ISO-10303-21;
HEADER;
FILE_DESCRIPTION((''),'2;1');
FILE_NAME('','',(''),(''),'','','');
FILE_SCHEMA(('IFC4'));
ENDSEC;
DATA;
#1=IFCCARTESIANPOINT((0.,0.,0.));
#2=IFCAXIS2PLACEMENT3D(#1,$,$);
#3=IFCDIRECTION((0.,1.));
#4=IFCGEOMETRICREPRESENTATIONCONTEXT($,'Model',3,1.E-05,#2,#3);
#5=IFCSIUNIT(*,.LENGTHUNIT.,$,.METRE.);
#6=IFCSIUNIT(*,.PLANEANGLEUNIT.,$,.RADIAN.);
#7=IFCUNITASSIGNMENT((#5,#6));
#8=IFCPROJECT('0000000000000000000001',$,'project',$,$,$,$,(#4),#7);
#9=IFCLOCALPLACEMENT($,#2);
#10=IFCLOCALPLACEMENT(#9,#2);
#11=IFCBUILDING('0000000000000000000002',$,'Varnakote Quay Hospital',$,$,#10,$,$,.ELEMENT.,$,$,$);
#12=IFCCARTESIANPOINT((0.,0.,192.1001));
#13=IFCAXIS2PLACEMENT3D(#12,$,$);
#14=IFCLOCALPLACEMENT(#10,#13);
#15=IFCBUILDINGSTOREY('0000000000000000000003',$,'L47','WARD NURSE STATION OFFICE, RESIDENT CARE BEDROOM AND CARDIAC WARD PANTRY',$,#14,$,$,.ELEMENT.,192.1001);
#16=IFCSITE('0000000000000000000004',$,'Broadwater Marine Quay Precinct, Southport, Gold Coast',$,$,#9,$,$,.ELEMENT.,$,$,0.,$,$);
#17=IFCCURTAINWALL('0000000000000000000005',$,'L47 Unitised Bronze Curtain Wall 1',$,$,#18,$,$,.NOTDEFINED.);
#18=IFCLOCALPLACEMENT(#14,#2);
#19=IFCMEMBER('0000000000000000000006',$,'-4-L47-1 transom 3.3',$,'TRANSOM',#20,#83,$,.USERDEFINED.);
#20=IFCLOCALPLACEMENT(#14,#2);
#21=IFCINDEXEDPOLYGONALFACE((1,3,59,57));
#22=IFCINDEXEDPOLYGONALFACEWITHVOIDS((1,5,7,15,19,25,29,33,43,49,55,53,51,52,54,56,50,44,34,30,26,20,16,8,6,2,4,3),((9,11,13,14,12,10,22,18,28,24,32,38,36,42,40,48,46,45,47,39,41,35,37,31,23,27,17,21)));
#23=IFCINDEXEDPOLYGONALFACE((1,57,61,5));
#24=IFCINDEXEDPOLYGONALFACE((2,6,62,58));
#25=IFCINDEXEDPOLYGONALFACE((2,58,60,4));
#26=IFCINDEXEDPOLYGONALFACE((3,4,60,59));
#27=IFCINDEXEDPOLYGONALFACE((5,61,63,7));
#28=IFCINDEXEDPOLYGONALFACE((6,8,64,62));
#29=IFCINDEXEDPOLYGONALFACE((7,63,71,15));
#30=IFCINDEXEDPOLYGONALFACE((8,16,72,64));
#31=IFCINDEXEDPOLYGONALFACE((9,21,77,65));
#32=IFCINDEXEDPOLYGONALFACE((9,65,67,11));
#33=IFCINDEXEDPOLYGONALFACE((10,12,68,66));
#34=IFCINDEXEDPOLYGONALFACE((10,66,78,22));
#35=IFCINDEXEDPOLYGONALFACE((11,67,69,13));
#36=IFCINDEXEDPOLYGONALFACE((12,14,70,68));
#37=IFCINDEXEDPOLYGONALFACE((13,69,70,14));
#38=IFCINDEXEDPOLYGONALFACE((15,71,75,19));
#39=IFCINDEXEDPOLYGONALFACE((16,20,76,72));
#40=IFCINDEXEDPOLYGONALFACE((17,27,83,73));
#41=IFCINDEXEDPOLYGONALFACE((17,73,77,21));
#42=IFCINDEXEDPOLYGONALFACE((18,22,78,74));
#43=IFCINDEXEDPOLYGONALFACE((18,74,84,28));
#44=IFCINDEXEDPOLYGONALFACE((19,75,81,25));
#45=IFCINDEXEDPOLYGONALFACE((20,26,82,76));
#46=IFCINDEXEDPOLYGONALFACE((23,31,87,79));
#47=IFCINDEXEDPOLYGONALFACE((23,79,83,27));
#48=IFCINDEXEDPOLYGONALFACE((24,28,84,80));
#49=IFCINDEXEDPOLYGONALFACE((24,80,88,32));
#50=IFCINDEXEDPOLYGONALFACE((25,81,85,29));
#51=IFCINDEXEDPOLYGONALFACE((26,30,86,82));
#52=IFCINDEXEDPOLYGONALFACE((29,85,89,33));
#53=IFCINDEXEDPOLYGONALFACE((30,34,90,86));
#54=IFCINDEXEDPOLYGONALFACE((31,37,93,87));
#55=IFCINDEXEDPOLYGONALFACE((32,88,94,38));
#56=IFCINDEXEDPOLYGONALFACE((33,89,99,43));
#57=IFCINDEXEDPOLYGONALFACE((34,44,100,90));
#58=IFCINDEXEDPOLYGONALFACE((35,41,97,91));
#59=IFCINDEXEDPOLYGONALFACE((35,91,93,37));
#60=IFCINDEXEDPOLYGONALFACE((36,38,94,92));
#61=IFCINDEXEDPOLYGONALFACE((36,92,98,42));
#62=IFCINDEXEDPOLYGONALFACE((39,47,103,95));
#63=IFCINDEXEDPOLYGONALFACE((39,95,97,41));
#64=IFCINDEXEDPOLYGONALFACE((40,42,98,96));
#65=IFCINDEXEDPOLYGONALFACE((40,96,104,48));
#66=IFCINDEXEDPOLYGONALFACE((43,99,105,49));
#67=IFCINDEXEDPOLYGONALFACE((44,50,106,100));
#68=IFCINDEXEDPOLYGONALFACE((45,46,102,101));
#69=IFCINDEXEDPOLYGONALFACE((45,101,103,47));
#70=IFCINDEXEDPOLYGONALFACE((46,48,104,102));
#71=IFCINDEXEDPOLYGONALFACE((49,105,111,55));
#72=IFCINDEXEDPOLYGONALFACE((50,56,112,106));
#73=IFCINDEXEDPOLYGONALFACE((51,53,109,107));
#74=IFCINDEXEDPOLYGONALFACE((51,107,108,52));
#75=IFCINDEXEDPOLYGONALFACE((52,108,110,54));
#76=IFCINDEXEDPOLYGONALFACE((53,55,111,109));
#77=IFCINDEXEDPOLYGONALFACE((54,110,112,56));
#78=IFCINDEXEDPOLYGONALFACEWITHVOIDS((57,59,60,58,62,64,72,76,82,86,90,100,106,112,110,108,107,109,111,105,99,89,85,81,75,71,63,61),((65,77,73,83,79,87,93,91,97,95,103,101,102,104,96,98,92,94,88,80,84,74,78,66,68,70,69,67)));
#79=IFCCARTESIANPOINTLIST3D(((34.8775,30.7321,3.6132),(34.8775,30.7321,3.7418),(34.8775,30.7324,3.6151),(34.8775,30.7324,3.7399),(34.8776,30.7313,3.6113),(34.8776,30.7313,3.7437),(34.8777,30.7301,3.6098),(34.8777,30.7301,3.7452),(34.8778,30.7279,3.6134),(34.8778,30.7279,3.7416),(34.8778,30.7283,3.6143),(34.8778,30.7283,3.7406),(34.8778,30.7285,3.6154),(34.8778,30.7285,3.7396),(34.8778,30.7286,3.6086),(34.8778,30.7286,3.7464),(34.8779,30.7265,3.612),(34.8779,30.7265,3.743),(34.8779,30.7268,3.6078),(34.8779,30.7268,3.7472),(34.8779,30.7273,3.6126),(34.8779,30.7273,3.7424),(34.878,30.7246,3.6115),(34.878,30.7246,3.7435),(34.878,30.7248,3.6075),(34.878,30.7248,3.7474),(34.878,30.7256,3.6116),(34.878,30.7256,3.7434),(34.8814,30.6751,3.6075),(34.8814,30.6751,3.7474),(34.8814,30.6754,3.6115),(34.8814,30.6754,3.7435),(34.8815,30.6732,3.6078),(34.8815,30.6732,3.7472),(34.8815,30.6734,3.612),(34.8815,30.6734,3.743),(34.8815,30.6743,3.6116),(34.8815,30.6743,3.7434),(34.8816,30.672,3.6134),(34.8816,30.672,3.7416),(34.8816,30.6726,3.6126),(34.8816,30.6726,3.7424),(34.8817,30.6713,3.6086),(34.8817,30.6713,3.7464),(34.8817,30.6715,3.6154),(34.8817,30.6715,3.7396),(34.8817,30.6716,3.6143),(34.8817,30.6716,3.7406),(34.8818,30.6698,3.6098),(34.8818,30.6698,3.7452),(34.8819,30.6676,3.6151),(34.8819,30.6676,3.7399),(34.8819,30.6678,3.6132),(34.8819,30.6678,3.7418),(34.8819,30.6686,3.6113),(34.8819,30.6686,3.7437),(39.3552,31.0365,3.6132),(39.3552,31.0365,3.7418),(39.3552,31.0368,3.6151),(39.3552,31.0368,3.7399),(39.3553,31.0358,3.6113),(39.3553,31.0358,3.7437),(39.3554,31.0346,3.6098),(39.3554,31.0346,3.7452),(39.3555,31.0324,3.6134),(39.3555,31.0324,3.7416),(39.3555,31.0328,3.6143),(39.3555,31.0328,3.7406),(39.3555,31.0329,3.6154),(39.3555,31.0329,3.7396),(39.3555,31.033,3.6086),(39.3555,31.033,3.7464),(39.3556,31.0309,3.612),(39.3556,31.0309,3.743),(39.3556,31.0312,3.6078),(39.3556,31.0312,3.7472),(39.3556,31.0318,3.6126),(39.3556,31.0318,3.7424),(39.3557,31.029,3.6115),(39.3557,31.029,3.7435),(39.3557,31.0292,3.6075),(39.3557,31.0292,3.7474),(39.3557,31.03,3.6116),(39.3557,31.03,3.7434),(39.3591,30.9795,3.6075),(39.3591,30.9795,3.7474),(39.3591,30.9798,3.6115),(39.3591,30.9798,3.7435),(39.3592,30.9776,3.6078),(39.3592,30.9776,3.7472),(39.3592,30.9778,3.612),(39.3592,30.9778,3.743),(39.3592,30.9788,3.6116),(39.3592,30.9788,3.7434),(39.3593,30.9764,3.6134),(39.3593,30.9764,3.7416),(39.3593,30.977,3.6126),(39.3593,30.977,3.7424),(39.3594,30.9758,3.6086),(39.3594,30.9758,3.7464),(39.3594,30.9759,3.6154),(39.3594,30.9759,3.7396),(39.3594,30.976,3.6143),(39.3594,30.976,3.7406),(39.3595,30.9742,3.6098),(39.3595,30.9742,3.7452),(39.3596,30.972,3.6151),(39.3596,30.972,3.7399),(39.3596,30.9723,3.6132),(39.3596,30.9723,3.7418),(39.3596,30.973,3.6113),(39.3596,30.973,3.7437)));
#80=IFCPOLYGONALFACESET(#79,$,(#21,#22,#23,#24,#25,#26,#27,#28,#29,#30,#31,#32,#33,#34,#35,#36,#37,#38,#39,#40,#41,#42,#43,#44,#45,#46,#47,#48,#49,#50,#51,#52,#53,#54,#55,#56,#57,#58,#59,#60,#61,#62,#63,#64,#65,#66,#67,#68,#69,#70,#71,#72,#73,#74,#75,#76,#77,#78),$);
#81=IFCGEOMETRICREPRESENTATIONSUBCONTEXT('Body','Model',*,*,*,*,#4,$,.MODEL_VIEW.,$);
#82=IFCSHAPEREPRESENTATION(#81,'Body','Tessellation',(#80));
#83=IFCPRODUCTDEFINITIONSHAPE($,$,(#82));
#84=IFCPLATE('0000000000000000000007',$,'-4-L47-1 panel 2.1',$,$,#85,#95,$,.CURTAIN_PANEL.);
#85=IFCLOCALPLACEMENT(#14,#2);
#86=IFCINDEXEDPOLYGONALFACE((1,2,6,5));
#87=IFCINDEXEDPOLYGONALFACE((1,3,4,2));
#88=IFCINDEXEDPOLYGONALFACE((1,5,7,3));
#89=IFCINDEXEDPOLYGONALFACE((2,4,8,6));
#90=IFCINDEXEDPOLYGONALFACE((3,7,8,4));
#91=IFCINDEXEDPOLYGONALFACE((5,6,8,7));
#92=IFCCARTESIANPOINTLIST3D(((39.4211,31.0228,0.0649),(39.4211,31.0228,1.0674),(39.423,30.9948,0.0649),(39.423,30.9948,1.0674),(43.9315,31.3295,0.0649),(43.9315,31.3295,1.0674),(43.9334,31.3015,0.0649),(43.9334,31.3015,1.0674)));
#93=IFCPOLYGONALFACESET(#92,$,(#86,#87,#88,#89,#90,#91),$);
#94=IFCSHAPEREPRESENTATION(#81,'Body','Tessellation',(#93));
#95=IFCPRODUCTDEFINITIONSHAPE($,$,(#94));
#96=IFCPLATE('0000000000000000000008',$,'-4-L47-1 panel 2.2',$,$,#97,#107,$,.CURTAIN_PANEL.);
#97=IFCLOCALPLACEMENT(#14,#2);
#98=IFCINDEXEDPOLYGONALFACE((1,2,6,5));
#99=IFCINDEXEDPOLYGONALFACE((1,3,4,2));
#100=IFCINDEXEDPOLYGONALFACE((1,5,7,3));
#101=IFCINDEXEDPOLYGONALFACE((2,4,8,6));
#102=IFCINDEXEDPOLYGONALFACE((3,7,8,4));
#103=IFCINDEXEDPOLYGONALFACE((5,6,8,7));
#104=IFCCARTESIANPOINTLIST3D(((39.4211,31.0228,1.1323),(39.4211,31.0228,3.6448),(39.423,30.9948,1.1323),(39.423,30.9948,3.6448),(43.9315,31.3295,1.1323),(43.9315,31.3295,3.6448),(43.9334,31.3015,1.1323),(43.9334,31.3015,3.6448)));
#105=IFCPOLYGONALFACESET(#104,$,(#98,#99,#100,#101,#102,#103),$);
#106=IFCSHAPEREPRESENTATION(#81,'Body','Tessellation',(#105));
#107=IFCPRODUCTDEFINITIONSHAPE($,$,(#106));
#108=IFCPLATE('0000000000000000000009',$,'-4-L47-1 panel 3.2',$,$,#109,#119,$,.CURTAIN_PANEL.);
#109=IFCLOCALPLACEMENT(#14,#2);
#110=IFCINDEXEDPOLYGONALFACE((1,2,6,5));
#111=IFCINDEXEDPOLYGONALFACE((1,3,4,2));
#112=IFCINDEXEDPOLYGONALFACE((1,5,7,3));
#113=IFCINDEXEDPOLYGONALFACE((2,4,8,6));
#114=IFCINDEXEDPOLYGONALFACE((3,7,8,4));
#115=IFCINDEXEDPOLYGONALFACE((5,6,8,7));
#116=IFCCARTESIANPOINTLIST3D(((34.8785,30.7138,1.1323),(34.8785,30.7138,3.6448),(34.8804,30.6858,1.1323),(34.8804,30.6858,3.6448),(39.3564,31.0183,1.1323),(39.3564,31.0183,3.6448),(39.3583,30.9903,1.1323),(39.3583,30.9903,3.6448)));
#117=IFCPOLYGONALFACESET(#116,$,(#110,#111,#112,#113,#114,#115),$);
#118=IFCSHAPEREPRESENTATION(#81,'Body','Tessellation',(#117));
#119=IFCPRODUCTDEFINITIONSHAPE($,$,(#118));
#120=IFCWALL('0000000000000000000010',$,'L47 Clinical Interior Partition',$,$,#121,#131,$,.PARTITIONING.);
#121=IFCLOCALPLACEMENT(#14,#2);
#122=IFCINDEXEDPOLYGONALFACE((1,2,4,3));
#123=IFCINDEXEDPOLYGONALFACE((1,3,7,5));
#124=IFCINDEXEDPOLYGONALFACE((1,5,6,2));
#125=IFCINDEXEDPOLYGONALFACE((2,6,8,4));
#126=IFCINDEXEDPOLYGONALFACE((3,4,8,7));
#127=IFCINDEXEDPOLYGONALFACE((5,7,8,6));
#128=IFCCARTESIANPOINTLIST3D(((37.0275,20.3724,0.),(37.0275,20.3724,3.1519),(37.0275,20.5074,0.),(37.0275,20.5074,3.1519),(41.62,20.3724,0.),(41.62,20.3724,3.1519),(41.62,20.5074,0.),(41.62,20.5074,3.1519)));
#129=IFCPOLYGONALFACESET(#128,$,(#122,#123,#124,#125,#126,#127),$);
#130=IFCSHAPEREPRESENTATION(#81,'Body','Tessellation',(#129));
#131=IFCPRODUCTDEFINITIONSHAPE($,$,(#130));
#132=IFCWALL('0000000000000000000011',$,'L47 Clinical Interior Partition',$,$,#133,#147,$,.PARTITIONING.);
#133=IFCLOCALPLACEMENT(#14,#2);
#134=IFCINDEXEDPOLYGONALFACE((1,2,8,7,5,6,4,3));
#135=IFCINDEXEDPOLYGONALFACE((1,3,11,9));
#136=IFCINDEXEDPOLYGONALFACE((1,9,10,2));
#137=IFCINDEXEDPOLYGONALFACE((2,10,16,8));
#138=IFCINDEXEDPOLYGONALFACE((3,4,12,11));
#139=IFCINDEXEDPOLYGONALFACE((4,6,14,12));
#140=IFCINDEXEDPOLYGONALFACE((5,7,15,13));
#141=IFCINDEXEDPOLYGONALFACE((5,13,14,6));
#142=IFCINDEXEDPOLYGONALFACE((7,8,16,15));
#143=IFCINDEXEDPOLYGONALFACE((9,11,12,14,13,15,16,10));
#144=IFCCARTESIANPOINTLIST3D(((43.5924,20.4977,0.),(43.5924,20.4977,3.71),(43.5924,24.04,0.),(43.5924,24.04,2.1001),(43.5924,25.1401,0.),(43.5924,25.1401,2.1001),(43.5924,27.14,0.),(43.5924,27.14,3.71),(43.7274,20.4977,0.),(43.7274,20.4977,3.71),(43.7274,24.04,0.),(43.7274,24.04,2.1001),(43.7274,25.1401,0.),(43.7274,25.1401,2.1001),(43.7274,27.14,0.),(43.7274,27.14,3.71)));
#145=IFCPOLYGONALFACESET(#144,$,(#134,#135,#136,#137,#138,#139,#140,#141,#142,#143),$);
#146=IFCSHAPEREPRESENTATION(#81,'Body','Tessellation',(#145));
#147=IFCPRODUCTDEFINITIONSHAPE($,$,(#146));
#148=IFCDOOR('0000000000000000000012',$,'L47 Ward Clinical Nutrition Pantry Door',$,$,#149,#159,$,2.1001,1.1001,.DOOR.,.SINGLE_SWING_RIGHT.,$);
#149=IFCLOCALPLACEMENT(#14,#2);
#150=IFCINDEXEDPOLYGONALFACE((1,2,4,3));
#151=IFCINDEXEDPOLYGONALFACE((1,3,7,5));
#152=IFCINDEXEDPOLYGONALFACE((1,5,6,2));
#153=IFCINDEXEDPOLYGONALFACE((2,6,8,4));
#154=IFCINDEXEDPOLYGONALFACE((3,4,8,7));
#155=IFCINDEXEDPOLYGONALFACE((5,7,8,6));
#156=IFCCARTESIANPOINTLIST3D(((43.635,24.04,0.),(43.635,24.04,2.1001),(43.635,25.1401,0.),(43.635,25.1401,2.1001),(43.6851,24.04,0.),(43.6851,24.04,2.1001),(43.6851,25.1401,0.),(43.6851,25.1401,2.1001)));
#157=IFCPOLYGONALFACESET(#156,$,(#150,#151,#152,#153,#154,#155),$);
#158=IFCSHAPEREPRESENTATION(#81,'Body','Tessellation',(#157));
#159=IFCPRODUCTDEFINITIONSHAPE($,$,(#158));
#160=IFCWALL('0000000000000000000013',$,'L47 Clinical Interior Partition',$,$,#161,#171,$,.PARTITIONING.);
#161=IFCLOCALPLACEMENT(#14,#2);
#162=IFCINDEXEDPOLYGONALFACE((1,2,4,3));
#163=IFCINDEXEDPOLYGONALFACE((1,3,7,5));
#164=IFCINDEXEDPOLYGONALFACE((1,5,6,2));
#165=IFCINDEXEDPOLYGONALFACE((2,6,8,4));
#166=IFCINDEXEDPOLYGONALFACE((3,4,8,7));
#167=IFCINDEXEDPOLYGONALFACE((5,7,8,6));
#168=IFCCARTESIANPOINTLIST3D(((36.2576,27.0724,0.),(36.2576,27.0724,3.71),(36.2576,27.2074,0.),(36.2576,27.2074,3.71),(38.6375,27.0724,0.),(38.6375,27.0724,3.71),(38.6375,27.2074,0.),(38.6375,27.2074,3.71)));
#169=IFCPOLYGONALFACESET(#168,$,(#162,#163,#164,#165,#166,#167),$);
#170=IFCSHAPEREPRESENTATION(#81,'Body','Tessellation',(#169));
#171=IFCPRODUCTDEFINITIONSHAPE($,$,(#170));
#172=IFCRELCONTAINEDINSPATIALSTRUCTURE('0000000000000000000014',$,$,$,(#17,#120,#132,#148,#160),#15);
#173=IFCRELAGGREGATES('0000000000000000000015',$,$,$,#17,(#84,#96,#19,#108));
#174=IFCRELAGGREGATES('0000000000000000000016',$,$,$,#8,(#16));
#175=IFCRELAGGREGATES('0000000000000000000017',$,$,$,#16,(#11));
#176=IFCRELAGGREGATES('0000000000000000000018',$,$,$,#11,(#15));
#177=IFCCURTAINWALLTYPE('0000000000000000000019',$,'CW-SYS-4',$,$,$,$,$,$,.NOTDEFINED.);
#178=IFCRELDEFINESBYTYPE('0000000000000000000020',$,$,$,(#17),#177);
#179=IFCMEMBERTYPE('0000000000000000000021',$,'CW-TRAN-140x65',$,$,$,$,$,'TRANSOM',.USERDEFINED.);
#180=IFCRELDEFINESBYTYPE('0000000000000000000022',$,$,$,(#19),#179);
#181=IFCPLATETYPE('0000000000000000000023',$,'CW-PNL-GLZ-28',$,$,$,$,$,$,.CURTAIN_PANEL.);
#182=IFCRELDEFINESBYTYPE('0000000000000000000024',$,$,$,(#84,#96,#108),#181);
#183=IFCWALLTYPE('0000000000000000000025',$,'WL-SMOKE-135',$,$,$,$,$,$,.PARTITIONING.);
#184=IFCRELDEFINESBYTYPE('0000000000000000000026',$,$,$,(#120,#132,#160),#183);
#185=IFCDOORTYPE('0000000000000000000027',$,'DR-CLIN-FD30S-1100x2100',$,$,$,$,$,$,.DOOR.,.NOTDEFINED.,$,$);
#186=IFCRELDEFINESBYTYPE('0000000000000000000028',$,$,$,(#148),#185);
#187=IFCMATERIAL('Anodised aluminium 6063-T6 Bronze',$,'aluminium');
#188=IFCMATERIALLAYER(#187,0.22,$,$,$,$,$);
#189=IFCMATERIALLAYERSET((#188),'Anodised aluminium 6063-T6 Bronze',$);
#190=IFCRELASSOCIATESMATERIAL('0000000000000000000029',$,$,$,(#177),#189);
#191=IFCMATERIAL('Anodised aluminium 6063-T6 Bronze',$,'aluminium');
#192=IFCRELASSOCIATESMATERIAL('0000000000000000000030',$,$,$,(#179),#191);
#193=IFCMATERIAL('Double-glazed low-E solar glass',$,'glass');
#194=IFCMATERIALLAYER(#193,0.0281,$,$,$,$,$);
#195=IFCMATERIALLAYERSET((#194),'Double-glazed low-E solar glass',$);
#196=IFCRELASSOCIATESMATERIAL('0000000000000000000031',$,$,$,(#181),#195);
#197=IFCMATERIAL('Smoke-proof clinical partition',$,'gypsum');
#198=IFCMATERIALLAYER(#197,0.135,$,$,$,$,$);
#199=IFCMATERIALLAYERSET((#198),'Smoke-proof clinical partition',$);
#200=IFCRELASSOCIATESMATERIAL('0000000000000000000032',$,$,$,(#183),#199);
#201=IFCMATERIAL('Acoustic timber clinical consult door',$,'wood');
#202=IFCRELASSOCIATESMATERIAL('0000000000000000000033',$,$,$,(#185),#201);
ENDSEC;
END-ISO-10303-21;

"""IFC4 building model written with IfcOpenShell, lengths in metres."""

from ifc_helpers import new_model, si_unit, direction, frame, frame_2d, origin, origin_2d, place, context, subcontext, project, spatial, rectangle, hollow_rectangle, extrude, material, layer, layer_set, material_profile, profile_set, type_object, element, fill, aggregate, save


model = new_model("IFC4")

# Units and contexts
model_context = context("Model", 3, precision=1e-05, world=origin(), true_north=direction((0.0, 1.0)))
body_context = subcontext(model_context, "Body", "Model", "MODEL_VIEW")
ifc_project = project(units=[si_unit("LENGTHUNIT", "METRE"), si_unit("PLANEANGLEUNIT", "RADIAN")], contexts=[model_context])

# Site, building, storey
site_placement = place(None, origin())
site = spatial("IfcSite", under=ifc_project, at=site_placement, Name="Broadwater Marine Quay Precinct, Southport, Gold Coast", CompositionType="ELEMENT", RefElevation=0.0)
building_placement = place(site_placement, origin())
building = spatial("IfcBuilding", under=site, at=building_placement, Name="Varnakote Quay Hospital", CompositionType="ELEMENT")
storey_placement = place(building_placement, frame((0.0, 0.0, 192.1001)))
storey = spatial("IfcBuildingStorey", under=building, at=storey_placement, Name="L47", Description="WARD NURSE STATION OFFICE, RESIDENT CARE BEDROOM AND CARDIAC WARD PANTRY", CompositionType="ELEMENT", Elevation=192.1001)

# Curtain wall, member, plates
ifc_material_1 = material(Name="Anodised aluminium 6063-T6 Bronze", Category="aluminium")
ifc_layer_1 = layer(ifc_material_1, 0.22)
ifc_layer_set_1 = layer_set([ifc_layer_1], Name="Anodised aluminium 6063-T6 Bronze")
curtain_wall_type = type_object("IfcCurtainWallType", Name="CW-SYS-4", PredefinedType="NOTDEFINED", material=ifc_layer_set_1)
curtain_wall_placement = place(storey_placement, origin())
curtain_wall = element("IfcCurtainWall", 1, at=curtain_wall_placement, inside=storey, type_object=curtain_wall_type, Name="L47 Unitised Bronze Curtain Wall 1", PredefinedType="NOTDEFINED")
ifc_material_2 = material(Name="Anodised aluminium 6063-T6 Bronze", Category="aluminium")
ifc_material_profile_1 = material_profile(ifc_material_2, hollow_rectangle(XDim=0.0649, YDim=0.1399, WallThickness=0.0039, InnerFilletRadius=0.0039, OuterFilletRadius=0.0076, at=origin_2d()), Name="CW-TRAN-140x65")
ifc_profile_set_1 = profile_set([ifc_material_profile_1], Name="Anodised aluminium 6063-T6 Bronze")
member_type_1 = type_object("IfcMemberType", Name="CW-TRAN-140x65", ElementType="TRANSOM", PredefinedType="USERDEFINED", material=ifc_profile_set_1)
member_1_placement = place(storey_placement, frame((39.3574, 31.0044, 3.6775), z_axis=(-0.997697, -0.067833, 0.0), x_axis=(0.067833, -0.997697, 0.0)))
member_1 = element("IfcMember", 2, at=member_1_placement, type_object=member_type_1, Name="-4-L47-1 transom 3.3", ObjectType="TRANSOM", PredefinedType="USERDEFINED", context=body_context, shape_type="SweptSolid", body=[
    extrude(hollow_rectangle(XDim=0.0649, YDim=0.1399, WallThickness=0.0039, InnerFilletRadius=0.0039, OuterFilletRadius=0.0076, at=origin_2d()), origin(), (0.0, 0.0, 1.0), 4.488),
])
ifc_material_3 = material(Name="Double-glazed low-E solar glass", Category="glass")
ifc_layer_2 = layer(ifc_material_3, 0.0281)
ifc_layer_set_2 = layer_set([ifc_layer_2], Name="Double-glazed low-E solar glass")
plate_type = type_object("IfcPlateType", Name="CW-PNL-GLZ-28", PredefinedType="CURTAIN_PANEL", material=ifc_layer_set_2)
plate_1_placement = place(storey_placement, frame((41.6772, 31.1621, 0.0649), z_axis=(0.0, 0.0, 1.0), x_axis=(-0.997696, -0.067842, 0.0)))
plate_1 = element("IfcPlate", 3, at=plate_1_placement, type_object=plate_type, Name="-4-L47-1 panel 2.1", PredefinedType="CURTAIN_PANEL", context=body_context, shape_type="SweptSolid", body=[
    extrude(rectangle(XDim=4.5208, YDim=0.0281, at=origin_2d()), origin(), (0.0, 0.0, 1.0), 1.0024),
])
plate_2_placement = place(storey_placement, frame((41.6772, 31.1621, 1.1323), z_axis=(0.0, 0.0, 1.0), x_axis=(-0.997696, -0.067842, 0.0)))
plate_2 = element("IfcPlate", 4, at=plate_2_placement, type_object=plate_type, Name="-4-L47-1 panel 2.2", PredefinedType="CURTAIN_PANEL", context=body_context, shape_type="SweptSolid", body=[
    extrude(rectangle(XDim=4.5208, YDim=0.0281, at=origin_2d()), origin(), (0.0, 0.0, 1.0), 2.5125),
])
plate_3_placement = place(storey_placement, frame((37.1184, 30.8521, 1.1323), z_axis=(0.0, 0.0, 1.0), x_axis=(-0.997696, -0.067842, 0.0)))
plate_3 = element("IfcPlate", 5, at=plate_3_placement, type_object=plate_type, Name="-4-L47-1 panel 3.2", PredefinedType="CURTAIN_PANEL", context=body_context, shape_type="SweptSolid", body=[
    extrude(rectangle(XDim=4.4883, YDim=0.0281, at=origin_2d()), origin(), (0.0, 0.0, 1.0), 2.5125),
])
aggregate(curtain_wall, [plate_1, plate_2, member_1, plate_3])

# Wall
ifc_material_4 = material(Name="Smoke-proof clinical partition", Category="gypsum")
ifc_layer_3 = layer(ifc_material_4, 0.135)
ifc_layer_set_3 = layer_set([ifc_layer_3], Name="Smoke-proof clinical partition")
wall_type = type_object("IfcWallType", Name="WL-SMOKE-135", PredefinedType="PARTITIONING", material=ifc_layer_set_3)
wall_1_placement = place(storey_placement, frame((41.6201, 20.4399, 0.0), z_axis=(0.0, 0.0, 1.0), x_axis=(-1.0, 0.0, 0.0)))
element("IfcWall", 6, at=wall_1_placement, inside=storey, type_object=wall_type, Name="L47 Clinical Interior Partition", PredefinedType="PARTITIONING", context=body_context, shape_type="SweptSolid", body=[
    extrude(rectangle(XDim=4.5925, YDim=0.135, at=frame_2d((2.2964, 0.0))), origin(), (0.0, 0.0, 1.0), 3.1519),
])

# Wall, opening, door
wall_2_placement = place(storey_placement, frame((43.6599, 20.4976, 0.0), z_axis=(0.0, 0.0, 1.0), x_axis=(0.0, 1.0, 0.0)))
wall_2 = element("IfcWall", 7, at=wall_2_placement, inside=storey, type_object=wall_type, Name="L47 Clinical Interior Partition", PredefinedType="PARTITIONING", context=body_context, shape_type="SweptSolid", body=[
    extrude(rectangle(XDim=6.6423, YDim=0.135, at=frame_2d((3.3213, 0.0))), origin(), (0.0, 0.0, 1.0), 3.71),
])
opening_1_placement = place(wall_2_placement, frame((3.5425, 0.0, 0.0)))
opening_1 = element("IfcOpeningElement", 8, at=opening_1_placement, cuts=wall_2, PredefinedType="OPENING", context=body_context, shape_type="SweptSolid", body=[
    extrude(rectangle(XDim=1.1001, YDim=2.1001, at=frame_2d((0.55, 1.05))), frame((0.0, 0.0774, 0.0), z_axis=(0.0, -1.0, 0.0), x_axis=(1.0, 0.0, 0.0)), (0.0, 0.0, 1.0), 0.155),
])
ifc_material_5 = material(Name="Acoustic timber clinical consult door", Category="wood")
door_type = type_object("IfcDoorType", Name="DR-CLIN-FD30S-1100x2100", OperationType="NOTDEFINED", PredefinedType="DOOR", material=ifc_material_5)
door_1_placement = place(opening_1_placement, origin())
door_1 = element("IfcDoor", 9, at=door_1_placement, inside=storey, type_object=door_type, Name="L47 Ward Clinical Nutrition Pantry Door", OperationType="SINGLE_SWING_RIGHT", OverallHeight=2.1001, OverallWidth=1.1001, PredefinedType="DOOR", context=body_context, shape_type="SweptSolid", body=[
    extrude(rectangle(XDim=1.1001, YDim=2.1001, at=frame_2d((0.55, 1.05))), frame((0.0, 0.0249, 0.0), z_axis=(0.0, -1.0, 0.0), x_axis=(1.0, 0.0, 0.0)), (0.0, 0.0, 1.0), 0.05),
])
fill(opening_1, door_1)

# Wall
wall_3_placement = place(storey_placement, frame((38.6375, 27.1399, 0.0), z_axis=(0.0, 0.0, 1.0), x_axis=(-1.0, 0.0, 0.0)))
element("IfcWall", 10, at=wall_3_placement, inside=storey, type_object=wall_type, Name="L47 Clinical Interior Partition", PredefinedType="PARTITIONING", context=body_context, shape_type="SweptSolid", body=[
    extrude(rectangle(XDim=2.3799, YDim=0.135, at=frame_2d((1.1899, 0.0))), origin(), (0.0, 0.0, 1.0), 3.71),
])

save(model, "model.ifc")
